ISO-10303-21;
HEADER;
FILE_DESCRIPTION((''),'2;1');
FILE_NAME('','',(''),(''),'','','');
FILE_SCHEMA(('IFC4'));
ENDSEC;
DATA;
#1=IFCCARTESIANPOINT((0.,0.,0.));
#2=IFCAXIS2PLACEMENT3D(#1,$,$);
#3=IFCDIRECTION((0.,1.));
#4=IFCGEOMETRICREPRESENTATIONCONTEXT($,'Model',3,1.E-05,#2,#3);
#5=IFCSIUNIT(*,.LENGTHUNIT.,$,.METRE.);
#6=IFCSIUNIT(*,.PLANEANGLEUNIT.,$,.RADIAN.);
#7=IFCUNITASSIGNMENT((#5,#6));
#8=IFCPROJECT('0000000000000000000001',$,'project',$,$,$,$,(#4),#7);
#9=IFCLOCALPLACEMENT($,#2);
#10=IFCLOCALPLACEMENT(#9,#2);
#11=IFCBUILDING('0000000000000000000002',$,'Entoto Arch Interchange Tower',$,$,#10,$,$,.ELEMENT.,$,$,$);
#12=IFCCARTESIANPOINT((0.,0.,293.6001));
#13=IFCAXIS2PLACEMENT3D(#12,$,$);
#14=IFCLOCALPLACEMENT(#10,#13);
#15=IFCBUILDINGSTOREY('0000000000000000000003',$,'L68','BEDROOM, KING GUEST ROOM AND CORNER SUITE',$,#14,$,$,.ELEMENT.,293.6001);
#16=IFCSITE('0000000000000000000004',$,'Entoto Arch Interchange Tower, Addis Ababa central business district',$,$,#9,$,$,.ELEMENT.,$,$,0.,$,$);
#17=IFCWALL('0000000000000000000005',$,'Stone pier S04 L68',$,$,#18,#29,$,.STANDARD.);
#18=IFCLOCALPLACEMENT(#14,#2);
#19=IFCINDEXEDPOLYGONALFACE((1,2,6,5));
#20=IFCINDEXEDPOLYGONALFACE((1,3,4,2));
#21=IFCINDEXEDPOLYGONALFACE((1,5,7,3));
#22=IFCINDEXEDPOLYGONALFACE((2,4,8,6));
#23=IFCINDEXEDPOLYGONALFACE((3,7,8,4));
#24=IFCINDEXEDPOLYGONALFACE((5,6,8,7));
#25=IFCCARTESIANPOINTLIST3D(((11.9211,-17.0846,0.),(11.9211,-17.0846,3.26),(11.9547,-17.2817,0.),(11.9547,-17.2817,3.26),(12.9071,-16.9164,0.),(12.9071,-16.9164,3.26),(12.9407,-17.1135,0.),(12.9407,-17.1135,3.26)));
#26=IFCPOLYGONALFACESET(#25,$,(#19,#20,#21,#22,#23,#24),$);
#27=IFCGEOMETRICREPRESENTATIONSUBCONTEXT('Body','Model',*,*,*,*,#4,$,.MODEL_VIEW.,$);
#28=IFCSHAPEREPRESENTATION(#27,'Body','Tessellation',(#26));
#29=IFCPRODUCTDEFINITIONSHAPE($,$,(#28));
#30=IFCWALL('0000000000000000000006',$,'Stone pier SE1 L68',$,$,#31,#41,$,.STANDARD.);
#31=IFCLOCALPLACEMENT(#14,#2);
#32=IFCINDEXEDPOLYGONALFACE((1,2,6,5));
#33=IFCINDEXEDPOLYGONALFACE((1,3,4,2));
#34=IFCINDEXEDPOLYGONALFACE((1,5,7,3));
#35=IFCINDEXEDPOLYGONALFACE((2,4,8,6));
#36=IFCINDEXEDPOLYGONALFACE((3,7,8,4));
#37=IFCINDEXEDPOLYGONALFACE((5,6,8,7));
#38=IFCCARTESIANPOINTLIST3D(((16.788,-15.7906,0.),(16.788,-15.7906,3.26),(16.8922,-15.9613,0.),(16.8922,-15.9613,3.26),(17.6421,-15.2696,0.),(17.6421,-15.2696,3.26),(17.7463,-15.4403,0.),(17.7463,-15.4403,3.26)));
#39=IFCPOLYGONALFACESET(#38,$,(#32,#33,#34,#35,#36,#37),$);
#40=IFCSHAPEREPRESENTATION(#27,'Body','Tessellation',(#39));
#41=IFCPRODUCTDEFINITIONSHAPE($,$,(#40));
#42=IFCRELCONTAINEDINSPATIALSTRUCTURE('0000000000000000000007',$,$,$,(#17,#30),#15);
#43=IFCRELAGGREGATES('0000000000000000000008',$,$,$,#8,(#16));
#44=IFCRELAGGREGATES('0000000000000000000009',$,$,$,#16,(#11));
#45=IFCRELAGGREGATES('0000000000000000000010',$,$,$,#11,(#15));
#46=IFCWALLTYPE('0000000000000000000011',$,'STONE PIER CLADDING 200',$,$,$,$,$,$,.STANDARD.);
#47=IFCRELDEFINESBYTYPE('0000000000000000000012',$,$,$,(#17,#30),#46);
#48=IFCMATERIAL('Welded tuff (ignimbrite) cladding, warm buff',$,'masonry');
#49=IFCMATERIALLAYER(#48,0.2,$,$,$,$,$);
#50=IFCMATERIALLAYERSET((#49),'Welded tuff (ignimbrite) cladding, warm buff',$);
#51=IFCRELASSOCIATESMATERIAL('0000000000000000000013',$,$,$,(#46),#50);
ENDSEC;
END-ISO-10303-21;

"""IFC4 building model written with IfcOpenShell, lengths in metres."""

from ifc_helpers import new_model, si_unit, direction, frame, frame_2d, origin, place, context, subcontext, project, spatial, rectangle, extrude, material, layer, layer_set, type_object, element, save


model = new_model("IFC4")

# Units and contexts
model_context = context("Model", 3, precision=1e-05, world=origin(), true_north=direction((0.0, 1.0)))
body_context = subcontext(model_context, "Body", "Model", "MODEL_VIEW")
ifc_project = project(units=[si_unit("LENGTHUNIT", "METRE"), si_unit("PLANEANGLEUNIT", "RADIAN")], contexts=[model_context])

# Site, building, storey
site_placement = place(None, origin())
site = spatial("IfcSite", under=ifc_project, at=site_placement, Name="Entoto Arch Interchange Tower, Addis Ababa central business district", CompositionType="ELEMENT", RefElevation=0.0)
building_placement = place(site_placement, origin())
building = spatial("IfcBuilding", under=site, at=building_placement, Name="Entoto Arch Interchange Tower", CompositionType="ELEMENT")
storey_placement = place(building_placement, frame((0.0, 0.0, 293.6001)))
storey = spatial("IfcBuildingStorey", under=building, at=storey_placement, Name="L68", Description="BEDROOM, KING GUEST ROOM AND CORNER SUITE", CompositionType="ELEMENT", Elevation=293.6001)

# Shared definitions
ifc_material_1 = material(Name="Welded tuff (ignimbrite) cladding, warm buff", Category="masonry")

# Walls
ifc_layer_1 = layer(ifc_material_1, 0.2)
ifc_layer_set_1 = layer_set([ifc_layer_1], Name="Welded tuff (ignimbrite) cladding, warm buff")
wall_type_1 = type_object("IfcWallType", Name="STONE PIER CLADDING 200", PredefinedType="STANDARD", material=ifc_layer_set_1)
wall_1_placement = place(storey_placement, frame((11.938, -17.1831, 0.0), z_axis=(0.0, 0.0, 1.0), x_axis=(0.98576, 0.168158, 0.0)))
element("IfcWall", 1, at=wall_1_placement, inside=storey, type_object=wall_type_1, Name="Stone pier S04 L68", PredefinedType="STANDARD", context=body_context, shape_type="SweptSolid", body=[
    extrude(rectangle(XDim=1.0002, YDim=0.2, at=frame_2d((0.5, 0.0))), origin(), (0.0, 0.0, 1.0), 3.26),
])
wall_2_placement = place(storey_placement, frame((16.8401, -15.876, 0.0), z_axis=(0.0, 0.0, 1.0), x_axis=(0.85368, 0.520798, 0.0)))
element("IfcWall", 2, at=wall_2_placement, inside=storey, type_object=wall_type_1, Name="Stone pier SE1 L68", PredefinedType="STANDARD", context=body_context, shape_type="SweptSolid", body=[
    extrude(rectangle(XDim=1.0005, YDim=0.2, at=frame_2d((0.5002, 0.0))), origin(), (0.0, 0.0, 1.0), 3.26),
])

save(model, "model.ifc")
